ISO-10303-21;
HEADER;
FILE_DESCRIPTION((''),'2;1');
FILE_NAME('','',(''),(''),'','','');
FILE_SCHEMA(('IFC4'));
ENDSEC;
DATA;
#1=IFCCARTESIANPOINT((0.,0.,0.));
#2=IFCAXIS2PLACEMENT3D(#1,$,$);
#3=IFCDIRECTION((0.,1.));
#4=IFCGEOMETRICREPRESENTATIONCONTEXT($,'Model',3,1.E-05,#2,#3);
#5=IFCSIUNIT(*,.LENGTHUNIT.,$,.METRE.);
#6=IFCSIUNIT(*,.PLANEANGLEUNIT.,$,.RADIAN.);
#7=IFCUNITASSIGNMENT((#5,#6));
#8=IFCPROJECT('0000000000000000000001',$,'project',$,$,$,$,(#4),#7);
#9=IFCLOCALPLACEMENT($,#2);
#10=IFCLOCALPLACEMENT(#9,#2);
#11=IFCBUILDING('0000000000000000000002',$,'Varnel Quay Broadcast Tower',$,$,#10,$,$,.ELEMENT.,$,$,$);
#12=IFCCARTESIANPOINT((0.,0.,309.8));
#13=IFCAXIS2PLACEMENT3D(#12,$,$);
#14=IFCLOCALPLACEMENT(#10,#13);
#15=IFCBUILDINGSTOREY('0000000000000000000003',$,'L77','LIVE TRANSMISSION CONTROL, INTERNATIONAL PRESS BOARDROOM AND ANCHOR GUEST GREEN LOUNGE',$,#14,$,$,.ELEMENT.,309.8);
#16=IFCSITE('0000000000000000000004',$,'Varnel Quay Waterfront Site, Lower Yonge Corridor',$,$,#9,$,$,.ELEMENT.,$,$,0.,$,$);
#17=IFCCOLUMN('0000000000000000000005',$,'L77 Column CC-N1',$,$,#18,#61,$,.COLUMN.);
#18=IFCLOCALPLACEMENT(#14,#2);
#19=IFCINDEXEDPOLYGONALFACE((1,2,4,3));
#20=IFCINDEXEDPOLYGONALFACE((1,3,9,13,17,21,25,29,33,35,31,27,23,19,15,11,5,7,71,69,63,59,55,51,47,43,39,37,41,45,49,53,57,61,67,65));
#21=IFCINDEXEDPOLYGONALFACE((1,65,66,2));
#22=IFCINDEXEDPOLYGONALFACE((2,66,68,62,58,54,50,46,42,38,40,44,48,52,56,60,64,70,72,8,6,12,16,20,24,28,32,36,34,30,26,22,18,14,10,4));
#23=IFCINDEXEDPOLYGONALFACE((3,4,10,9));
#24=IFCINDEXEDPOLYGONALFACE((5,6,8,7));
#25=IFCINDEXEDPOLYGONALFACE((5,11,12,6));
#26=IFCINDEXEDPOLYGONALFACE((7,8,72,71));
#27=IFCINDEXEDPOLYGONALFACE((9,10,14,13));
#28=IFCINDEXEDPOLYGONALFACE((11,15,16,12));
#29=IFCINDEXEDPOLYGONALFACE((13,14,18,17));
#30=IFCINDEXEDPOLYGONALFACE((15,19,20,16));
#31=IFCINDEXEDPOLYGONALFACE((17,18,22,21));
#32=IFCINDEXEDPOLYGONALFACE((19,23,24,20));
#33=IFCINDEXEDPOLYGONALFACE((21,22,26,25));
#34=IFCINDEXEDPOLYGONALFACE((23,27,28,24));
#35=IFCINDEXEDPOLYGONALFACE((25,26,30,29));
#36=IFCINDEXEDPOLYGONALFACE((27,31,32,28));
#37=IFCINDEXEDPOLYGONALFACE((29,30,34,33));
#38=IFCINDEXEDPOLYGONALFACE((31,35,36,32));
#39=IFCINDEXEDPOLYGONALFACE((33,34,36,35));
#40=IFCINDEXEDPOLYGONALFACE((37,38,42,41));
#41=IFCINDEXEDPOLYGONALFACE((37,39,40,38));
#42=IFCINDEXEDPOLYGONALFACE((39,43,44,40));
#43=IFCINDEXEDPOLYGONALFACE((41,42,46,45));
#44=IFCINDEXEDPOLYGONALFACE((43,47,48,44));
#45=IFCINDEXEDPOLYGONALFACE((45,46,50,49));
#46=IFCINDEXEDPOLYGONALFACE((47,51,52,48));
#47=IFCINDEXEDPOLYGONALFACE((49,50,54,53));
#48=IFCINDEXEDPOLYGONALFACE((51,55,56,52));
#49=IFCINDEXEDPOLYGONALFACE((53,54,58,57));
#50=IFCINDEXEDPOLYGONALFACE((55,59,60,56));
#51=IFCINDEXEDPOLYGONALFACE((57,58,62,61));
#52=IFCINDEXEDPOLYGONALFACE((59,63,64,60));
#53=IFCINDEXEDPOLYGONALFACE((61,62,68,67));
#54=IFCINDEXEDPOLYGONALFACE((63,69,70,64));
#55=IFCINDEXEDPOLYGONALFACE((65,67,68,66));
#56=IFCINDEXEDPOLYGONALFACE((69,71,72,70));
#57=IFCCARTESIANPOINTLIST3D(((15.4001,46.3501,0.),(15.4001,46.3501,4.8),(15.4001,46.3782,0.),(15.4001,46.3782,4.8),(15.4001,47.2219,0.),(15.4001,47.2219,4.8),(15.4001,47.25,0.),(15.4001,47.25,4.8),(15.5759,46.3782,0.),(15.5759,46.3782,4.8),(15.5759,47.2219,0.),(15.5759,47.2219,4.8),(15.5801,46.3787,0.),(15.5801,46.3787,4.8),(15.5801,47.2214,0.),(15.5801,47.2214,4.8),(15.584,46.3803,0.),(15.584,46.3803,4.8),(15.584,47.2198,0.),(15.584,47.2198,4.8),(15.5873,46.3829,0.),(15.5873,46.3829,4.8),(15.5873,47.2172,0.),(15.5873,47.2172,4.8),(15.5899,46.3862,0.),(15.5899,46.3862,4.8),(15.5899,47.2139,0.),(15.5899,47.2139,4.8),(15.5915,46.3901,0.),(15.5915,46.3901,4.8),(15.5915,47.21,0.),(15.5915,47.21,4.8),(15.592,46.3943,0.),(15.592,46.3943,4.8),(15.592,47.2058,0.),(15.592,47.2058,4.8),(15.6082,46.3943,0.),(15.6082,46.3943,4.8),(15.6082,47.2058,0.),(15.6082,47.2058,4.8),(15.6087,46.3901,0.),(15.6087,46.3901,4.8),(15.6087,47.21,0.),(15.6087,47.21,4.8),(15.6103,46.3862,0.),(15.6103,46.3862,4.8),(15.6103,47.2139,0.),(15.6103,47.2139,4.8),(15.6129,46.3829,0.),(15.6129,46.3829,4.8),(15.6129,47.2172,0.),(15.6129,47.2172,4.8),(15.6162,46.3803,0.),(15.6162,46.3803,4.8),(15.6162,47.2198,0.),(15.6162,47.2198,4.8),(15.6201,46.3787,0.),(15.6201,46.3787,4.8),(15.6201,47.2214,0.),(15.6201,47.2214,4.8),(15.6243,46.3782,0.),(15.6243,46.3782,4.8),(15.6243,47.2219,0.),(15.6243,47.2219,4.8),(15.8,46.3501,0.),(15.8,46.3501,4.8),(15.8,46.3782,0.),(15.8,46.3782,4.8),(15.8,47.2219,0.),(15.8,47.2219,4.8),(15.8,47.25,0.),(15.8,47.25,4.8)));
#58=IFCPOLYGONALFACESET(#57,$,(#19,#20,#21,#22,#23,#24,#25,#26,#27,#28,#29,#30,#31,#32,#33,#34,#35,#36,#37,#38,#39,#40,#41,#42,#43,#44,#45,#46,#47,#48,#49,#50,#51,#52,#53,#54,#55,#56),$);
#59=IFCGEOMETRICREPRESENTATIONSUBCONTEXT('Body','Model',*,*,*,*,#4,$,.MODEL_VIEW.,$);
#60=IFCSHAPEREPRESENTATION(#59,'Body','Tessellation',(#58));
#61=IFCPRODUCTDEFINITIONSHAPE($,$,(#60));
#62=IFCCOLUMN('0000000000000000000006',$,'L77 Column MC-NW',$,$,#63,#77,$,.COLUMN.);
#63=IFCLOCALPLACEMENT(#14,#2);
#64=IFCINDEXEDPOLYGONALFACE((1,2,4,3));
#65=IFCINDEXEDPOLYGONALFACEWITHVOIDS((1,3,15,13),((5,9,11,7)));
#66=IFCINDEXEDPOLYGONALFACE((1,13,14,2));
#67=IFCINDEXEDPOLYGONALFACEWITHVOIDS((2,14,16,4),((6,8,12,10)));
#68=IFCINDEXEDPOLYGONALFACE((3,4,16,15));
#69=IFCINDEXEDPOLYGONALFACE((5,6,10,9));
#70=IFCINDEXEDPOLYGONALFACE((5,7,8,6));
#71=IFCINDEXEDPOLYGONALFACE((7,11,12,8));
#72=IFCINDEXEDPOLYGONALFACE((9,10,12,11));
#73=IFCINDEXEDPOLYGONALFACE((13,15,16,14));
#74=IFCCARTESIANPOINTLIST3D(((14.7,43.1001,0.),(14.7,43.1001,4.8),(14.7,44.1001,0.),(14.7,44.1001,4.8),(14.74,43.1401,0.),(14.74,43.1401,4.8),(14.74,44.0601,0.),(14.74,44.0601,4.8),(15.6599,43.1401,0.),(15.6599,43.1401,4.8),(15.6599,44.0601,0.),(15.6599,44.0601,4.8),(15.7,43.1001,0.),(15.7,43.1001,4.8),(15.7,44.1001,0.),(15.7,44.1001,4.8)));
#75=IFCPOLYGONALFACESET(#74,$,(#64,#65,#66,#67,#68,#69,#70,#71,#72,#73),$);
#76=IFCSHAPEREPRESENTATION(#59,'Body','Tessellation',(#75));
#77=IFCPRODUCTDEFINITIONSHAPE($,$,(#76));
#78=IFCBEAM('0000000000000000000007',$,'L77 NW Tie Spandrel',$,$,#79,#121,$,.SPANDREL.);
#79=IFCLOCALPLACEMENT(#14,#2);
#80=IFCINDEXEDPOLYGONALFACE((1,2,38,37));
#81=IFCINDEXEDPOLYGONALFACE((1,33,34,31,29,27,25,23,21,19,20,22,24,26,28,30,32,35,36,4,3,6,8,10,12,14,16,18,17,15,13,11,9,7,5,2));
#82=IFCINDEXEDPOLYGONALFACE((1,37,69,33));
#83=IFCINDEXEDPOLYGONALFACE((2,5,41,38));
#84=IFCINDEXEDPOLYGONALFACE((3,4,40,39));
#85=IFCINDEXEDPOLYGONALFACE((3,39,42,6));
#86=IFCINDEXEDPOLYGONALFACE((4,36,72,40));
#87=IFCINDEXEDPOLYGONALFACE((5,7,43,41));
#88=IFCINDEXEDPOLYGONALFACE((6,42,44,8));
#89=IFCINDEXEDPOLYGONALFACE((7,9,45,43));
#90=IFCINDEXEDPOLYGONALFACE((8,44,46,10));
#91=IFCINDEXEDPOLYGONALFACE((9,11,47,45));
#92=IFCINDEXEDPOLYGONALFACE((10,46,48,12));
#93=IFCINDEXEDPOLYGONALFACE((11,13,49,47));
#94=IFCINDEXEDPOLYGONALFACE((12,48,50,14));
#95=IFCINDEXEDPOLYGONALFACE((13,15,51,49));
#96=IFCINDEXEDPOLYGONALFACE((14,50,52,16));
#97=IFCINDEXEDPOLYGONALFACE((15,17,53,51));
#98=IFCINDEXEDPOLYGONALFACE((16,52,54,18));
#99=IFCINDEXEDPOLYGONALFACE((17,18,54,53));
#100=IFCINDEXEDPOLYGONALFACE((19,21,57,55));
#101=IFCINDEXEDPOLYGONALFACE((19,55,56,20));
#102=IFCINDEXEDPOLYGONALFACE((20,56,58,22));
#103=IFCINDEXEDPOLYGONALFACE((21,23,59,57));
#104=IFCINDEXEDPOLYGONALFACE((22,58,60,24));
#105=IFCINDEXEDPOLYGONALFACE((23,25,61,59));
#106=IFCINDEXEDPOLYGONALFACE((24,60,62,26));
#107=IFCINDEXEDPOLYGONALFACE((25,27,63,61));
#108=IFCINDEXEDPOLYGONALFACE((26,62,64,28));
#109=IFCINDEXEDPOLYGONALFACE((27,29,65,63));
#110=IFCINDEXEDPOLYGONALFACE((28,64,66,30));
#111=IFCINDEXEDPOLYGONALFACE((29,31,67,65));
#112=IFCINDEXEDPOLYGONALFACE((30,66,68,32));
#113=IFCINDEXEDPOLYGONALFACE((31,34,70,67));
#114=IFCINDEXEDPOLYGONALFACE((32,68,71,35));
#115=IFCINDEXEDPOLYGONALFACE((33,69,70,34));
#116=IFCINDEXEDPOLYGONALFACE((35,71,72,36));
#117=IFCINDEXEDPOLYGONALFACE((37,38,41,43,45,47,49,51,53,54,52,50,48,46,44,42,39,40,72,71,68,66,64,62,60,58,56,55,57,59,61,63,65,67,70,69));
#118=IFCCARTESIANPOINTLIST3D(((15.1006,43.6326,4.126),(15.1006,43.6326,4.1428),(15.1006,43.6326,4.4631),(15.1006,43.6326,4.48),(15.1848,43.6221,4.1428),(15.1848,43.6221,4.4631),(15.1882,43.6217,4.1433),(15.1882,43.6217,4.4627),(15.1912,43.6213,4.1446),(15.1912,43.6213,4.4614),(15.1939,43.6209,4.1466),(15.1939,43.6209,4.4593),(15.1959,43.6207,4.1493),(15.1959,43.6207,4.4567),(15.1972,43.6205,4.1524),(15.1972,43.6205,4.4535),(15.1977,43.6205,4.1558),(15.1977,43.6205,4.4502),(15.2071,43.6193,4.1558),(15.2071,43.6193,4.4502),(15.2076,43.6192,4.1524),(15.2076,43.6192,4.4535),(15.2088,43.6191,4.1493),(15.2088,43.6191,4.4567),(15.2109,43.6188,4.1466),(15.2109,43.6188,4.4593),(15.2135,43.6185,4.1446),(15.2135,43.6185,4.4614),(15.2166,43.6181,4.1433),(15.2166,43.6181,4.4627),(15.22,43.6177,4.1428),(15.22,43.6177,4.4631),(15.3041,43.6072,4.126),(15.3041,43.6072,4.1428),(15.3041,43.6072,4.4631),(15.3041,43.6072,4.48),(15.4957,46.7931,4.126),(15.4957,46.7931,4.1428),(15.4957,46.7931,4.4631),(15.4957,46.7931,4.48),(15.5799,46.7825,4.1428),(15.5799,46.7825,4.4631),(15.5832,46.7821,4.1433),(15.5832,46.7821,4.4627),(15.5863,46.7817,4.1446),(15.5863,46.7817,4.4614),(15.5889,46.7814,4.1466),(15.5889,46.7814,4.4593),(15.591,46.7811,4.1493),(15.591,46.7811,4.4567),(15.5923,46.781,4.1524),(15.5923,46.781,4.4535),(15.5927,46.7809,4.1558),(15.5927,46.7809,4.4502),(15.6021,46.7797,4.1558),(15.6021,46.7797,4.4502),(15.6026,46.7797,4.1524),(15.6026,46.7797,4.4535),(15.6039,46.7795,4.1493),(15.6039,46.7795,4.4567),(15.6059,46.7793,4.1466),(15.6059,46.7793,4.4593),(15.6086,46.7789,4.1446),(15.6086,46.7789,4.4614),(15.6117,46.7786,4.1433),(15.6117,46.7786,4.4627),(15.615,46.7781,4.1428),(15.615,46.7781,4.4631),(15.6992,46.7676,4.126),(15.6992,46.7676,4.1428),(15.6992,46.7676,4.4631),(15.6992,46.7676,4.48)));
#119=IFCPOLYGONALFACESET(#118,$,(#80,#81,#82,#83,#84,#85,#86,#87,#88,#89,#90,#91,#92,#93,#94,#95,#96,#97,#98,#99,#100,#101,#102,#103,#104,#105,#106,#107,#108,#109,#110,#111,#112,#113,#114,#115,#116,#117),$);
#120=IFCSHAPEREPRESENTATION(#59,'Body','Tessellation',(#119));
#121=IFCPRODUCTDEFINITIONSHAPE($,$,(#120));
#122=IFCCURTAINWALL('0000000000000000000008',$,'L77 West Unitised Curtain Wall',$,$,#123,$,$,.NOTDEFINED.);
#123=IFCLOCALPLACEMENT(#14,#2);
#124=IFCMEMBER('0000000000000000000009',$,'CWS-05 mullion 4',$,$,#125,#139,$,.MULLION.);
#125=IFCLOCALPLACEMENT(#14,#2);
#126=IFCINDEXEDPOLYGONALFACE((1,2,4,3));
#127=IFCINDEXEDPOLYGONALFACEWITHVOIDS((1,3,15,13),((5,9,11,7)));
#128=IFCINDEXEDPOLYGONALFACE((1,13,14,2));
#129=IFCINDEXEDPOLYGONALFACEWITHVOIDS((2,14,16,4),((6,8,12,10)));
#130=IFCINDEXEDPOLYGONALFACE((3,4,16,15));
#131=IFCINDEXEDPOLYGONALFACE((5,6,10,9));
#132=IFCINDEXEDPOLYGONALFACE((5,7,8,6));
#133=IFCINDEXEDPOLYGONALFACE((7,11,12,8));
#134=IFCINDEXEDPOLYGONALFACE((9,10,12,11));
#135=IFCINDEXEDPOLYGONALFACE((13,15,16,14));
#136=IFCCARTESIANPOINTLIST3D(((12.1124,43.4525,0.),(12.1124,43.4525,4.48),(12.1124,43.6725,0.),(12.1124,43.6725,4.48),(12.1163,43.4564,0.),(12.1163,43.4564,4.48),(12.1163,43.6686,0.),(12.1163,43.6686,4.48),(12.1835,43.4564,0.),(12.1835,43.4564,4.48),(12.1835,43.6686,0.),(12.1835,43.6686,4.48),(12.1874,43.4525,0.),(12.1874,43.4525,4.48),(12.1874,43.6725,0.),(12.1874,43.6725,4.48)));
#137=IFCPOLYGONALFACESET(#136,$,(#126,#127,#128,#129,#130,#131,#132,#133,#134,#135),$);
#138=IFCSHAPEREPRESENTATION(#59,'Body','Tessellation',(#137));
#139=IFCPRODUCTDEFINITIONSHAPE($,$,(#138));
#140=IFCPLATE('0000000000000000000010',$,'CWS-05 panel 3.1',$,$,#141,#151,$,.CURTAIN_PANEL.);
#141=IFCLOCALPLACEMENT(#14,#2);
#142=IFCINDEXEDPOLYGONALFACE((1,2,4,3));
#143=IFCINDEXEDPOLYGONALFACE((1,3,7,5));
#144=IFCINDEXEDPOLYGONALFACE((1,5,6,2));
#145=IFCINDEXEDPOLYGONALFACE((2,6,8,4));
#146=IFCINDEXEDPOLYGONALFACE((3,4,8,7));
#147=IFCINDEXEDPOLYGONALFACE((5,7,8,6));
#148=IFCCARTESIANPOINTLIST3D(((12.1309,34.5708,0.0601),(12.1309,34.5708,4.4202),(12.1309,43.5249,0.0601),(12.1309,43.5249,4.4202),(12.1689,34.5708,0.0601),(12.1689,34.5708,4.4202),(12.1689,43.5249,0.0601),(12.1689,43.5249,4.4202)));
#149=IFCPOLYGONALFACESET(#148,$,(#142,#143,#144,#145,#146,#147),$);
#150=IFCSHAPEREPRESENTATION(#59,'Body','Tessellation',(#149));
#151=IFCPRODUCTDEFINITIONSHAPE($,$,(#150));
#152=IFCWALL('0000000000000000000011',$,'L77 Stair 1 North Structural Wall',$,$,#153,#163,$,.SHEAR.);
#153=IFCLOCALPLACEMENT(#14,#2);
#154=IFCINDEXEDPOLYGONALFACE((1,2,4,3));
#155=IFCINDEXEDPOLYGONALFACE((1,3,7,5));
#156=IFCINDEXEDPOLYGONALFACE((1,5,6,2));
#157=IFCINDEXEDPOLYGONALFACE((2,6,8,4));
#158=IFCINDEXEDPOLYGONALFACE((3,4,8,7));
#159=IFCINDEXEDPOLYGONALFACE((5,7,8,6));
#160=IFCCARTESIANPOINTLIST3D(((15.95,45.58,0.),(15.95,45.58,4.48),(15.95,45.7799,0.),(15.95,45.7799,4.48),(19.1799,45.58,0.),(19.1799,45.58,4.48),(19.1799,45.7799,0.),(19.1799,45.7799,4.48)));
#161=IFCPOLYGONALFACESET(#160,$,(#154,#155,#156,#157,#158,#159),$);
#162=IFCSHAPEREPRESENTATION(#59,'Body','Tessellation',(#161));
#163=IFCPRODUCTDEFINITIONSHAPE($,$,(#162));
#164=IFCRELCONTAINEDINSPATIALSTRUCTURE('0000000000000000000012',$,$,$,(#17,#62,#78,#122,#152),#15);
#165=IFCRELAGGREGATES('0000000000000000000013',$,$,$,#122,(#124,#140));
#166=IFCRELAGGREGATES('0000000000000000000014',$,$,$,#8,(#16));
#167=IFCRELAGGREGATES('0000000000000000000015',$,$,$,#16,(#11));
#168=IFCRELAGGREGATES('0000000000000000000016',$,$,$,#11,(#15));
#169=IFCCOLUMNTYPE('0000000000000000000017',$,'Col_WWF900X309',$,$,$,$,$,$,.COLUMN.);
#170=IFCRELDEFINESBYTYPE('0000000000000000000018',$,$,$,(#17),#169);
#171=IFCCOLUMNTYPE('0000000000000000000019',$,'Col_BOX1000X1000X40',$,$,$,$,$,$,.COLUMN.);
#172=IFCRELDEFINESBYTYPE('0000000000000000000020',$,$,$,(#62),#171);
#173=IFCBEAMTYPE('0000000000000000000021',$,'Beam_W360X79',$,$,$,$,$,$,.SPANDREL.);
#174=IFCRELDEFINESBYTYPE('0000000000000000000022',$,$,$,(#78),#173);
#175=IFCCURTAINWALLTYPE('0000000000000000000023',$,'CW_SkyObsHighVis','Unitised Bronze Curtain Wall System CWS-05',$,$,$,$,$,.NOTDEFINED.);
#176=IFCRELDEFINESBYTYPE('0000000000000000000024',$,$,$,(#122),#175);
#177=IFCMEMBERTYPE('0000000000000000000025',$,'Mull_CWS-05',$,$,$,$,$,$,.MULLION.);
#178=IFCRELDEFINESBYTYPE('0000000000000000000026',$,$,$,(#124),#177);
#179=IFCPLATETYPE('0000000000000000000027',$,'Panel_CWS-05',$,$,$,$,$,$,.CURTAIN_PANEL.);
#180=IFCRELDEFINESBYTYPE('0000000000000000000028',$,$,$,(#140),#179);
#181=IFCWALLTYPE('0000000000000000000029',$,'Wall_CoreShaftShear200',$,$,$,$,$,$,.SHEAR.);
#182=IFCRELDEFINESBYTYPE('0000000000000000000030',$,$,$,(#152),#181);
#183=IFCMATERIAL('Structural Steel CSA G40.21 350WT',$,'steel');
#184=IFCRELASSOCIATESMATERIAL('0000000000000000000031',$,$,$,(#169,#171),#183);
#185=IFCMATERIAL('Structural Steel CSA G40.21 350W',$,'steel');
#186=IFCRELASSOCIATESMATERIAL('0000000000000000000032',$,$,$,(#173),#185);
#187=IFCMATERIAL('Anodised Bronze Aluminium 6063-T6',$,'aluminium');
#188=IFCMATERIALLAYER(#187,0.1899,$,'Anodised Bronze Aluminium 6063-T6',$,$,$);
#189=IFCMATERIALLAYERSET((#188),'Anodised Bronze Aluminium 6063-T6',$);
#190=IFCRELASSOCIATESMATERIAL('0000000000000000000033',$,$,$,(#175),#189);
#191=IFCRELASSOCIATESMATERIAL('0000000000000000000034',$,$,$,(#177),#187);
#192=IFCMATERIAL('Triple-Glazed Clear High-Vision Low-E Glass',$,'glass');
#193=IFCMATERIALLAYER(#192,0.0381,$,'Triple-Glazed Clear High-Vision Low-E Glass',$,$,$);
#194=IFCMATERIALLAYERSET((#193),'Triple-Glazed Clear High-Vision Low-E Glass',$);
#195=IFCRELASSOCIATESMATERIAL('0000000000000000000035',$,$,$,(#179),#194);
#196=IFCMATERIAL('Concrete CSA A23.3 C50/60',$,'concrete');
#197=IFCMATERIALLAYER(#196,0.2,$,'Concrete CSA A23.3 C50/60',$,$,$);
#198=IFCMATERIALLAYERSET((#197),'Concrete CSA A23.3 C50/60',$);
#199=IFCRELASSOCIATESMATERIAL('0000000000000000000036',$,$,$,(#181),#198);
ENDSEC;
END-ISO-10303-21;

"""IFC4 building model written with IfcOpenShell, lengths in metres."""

from ifc_helpers import new_model, si_unit, direction, frame, frame_2d, origin, origin_2d, place, context, subcontext, project, spatial, rectangle, hollow_rectangle, i_section, extrude, source, transform, mapped, material, layer, layer_set, material_profile, profile_set, type_object, type_shapes, element, aggregate, save


model = new_model("IFC4")

# Units and contexts
model_context = context("Model", 3, precision=1e-05, world=origin(), true_north=direction((0.0, 1.0)))
body_context = subcontext(model_context, "Body", "Model", "MODEL_VIEW")
ifc_project = project(units=[si_unit("LENGTHUNIT", "METRE"), si_unit("PLANEANGLEUNIT", "RADIAN")], contexts=[model_context])

# Site, building, storey
site_placement = place(None, origin())
site = spatial("IfcSite", under=ifc_project, at=site_placement, Name="Varnel Quay Waterfront Site, Lower Yonge Corridor", CompositionType="ELEMENT", RefElevation=0.0)
building_placement = place(site_placement, origin())
building = spatial("IfcBuilding", under=site, at=building_placement, Name="Varnel Quay Broadcast Tower", CompositionType="ELEMENT")
storey_placement = place(building_placement, frame((0.0, 0.0, 309.8)))
storey = spatial("IfcBuildingStorey", under=building, at=storey_placement, Name="L77", Description="LIVE TRANSMISSION CONTROL, INTERNATIONAL PRESS BOARDROOM AND ANCHOR GUEST GREEN LOUNGE", CompositionType="ELEMENT", Elevation=309.8)

# Columns
ifc_material_1 = material(Name="Structural Steel CSA G40.21 350WT", Category="steel")
ifc_material_profile_1 = material_profile(ifc_material_1, i_section(OverallWidth=0.3999, OverallDepth=0.8999, WebThickness=0.0161, FlangeThickness=0.0281, FilletRadius=0.0161, at=origin_2d()), Name="WWF900X309")
ifc_profile_set_1 = profile_set([ifc_material_profile_1], Name="Structural Steel CSA G40.21 350WT")
column_type_1 = type_object("IfcColumnType", Name="Col_WWF900X309", PredefinedType="COLUMN", material=ifc_profile_set_1)
shared_shape_1 = source(origin(), body_context, "Body", "SweptSolid", [
    extrude(i_section(OverallWidth=0.3999, OverallDepth=0.8999, WebThickness=0.0161, FlangeThickness=0.0281, FilletRadius=0.0161, at=origin_2d()), origin(), (0.0, 0.0, 1.0), 4.8),
])
type_shapes(column_type_1, [shared_shape_1])
column_1_placement = place(storey_placement, frame((15.6001, 46.8, 0.0), z_axis=(0.0, 0.0, 1.0), x_axis=(1.0, 0.0, 0.0)))
element("IfcColumn", 1, at=column_1_placement, inside=storey, type_object=column_type_1, Name="L77 Column CC-N1", PredefinedType="COLUMN", context=body_context, shape_type="MappedRepresentation", body=[
    mapped(shared_shape_1, transform((0.0, 0.0, 0.0), x_axis=(1.0, 0.0, 0.0), y_axis=(0.0, 1.0, 0.0), z_axis=(0.0, 0.0, 1.0), scale=1.0)),
])
ifc_material_profile_2 = material_profile(ifc_material_1, hollow_rectangle(XDim=1.0, YDim=1.0, WallThickness=0.04, at=origin_2d()), Name="BOX1000X1000X40")
ifc_profile_set_2 = profile_set([ifc_material_profile_2], Name="Structural Steel CSA G40.21 350WT")
column_type_2 = type_object("IfcColumnType", Name="Col_BOX1000X1000X40", PredefinedType="COLUMN", material=ifc_profile_set_2)
shared_shape_2 = source(origin(), body_context, "Body", "SweptSolid", [
    extrude(hollow_rectangle(XDim=1.0, YDim=1.0, WallThickness=0.04, at=origin_2d()), origin(), (0.0, 0.0, 1.0), 4.8),
])
type_shapes(column_type_2, [shared_shape_2])
column_2_placement = place(storey_placement, frame((15.2, 43.6001, 0.0), z_axis=(0.0, 0.0, 1.0), x_axis=(1.0, 0.0, 0.0)))
element("IfcColumn", 2, at=column_2_placement, inside=storey, type_object=column_type_2, Name="L77 Column MC-NW", PredefinedType="COLUMN", context=body_context, shape_type="MappedRepresentation", body=[
    mapped(shared_shape_2, transform((0.0, 0.0, 0.0), x_axis=(1.0, 0.0, 0.0), y_axis=(0.0, 1.0, 0.0), z_axis=(0.0, 0.0, 1.0), scale=1.0)),
])

# Beam
ifc_material_2 = material(Name="Structural Steel CSA G40.21 350W", Category="steel")
ifc_material_profile_3 = material_profile(ifc_material_2, i_section(OverallWidth=0.2051, OverallDepth=0.354, WebThickness=0.0095, FlangeThickness=0.0168, FilletRadius=0.0129, at=origin_2d()), Name="W360X79")
ifc_profile_set_3 = profile_set([ifc_material_profile_3], Name="Structural Steel CSA G40.21 350W")
beam_type = type_object("IfcBeamType", Name="Beam_W360X79", PredefinedType="SPANDREL", material=ifc_profile_set_3)
shared_shape_3 = source(origin(), body_context, "Body", "SweptSolid", [
    extrude(i_section(OverallWidth=0.2051, OverallDepth=0.354, WebThickness=0.0095, FlangeThickness=0.0168, FilletRadius=0.0129, at=origin_2d()), origin(), (0.0, 0.0, 1.0), 3.1851),
])
type_shapes(beam_type, [shared_shape_3])
beam_placement = place(storey_placement, frame((15.2024, 43.6199, 4.303), z_axis=(0.124025, 0.992279, 0.0), x_axis=(-0.992279, 0.124025, 0.0)))
element("IfcBeam", 3, at=beam_placement, inside=storey, type_object=beam_type, Name="L77 NW Tie Spandrel", PredefinedType="SPANDREL", context=body_context, shape_type="MappedRepresentation", body=[
    mapped(shared_shape_3, transform((0.0, 0.0, 0.0), x_axis=(1.0, 0.0, 0.0), y_axis=(0.0, 1.0, 0.0), z_axis=(0.0, 0.0, 1.0), scale=1.0)),
])

# Curtain wall, member, plate
ifc_material_3 = material(Name="Anodised Bronze Aluminium 6063-T6", Category="aluminium")
ifc_layer_1 = layer(ifc_material_3, 0.1899, Name="Anodised Bronze Aluminium 6063-T6")
ifc_layer_set_1 = layer_set([ifc_layer_1], Name="Anodised Bronze Aluminium 6063-T6")
curtain_wall_type = type_object("IfcCurtainWallType", Name="CW_SkyObsHighVis", Description="Unitised Bronze Curtain Wall System CWS-05", PredefinedType="NOTDEFINED", material=ifc_layer_set_1)
curtain_wall_placement = place(storey_placement, origin())
curtain_wall = element("IfcCurtainWall", 4, at=curtain_wall_placement, inside=storey, type_object=curtain_wall_type, Name="L77 West Unitised Curtain Wall", PredefinedType="NOTDEFINED")
ifc_material_profile_4 = material_profile(ifc_material_3, hollow_rectangle(XDim=0.075, YDim=0.22, WallThickness=0.0039, at=origin_2d()), Name="ALU75X220X4")
ifc_profile_set_4 = profile_set([ifc_material_profile_4], Name="Anodised Bronze Aluminium 6063-T6")
member_type = type_object("IfcMemberType", Name="Mull_CWS-05", PredefinedType="MULLION", material=ifc_profile_set_4)
shared_shape_4 = source(origin(), body_context, "Body", "SweptSolid", [
    extrude(hollow_rectangle(XDim=0.075, YDim=0.22, WallThickness=0.0039, at=origin_2d()), origin(), (0.0, 0.0, 1.0), 4.48),
])
type_shapes(member_type, [shared_shape_4])
member_placement = place(storey_placement, frame((12.1499, 43.5625, 0.0), z_axis=(0.0, 0.0, 1.0), x_axis=(-1.0, 0.0, 0.0)))
member = element("IfcMember", 5, at=member_placement, type_object=member_type, Name="CWS-05 mullion 4", PredefinedType="MULLION", context=body_context, shape_type="MappedRepresentation", body=[
    mapped(shared_shape_4, transform((0.0, 0.0, 0.0), x_axis=(1.0, 0.0, 0.0), y_axis=(0.0, 1.0, 0.0), z_axis=(0.0, 0.0, 1.0), scale=1.0)),
])
ifc_material_4 = material(Name="Triple-Glazed Clear High-Vision Low-E Glass", Category="glass")
ifc_layer_2 = layer(ifc_material_4, 0.0381, Name="Triple-Glazed Clear High-Vision Low-E Glass")
ifc_layer_set_2 = layer_set([ifc_layer_2], Name="Triple-Glazed Clear High-Vision Low-E Glass")
plate_type = type_object("IfcPlateType", Name="Panel_CWS-05", PredefinedType="CURTAIN_PANEL", material=ifc_layer_set_2)
shared_shape_5 = source(origin(), body_context, "Body", "SweptSolid", [
    extrude(rectangle(XDim=8.9541, YDim=0.0381, at=origin_2d()), origin(), (0.0, 0.0, 1.0), 4.3601),
])
type_shapes(plate_type, [shared_shape_5])
plate_placement = place(storey_placement, frame((12.1499, 39.0479, 0.0601), z_axis=(0.0, 0.0, 1.0), x_axis=(0.0, 1.0, 0.0)))
plate = element("IfcPlate", 6, at=plate_placement, type_object=plate_type, Name="CWS-05 panel 3.1", PredefinedType="CURTAIN_PANEL", context=body_context, shape_type="MappedRepresentation", body=[
    mapped(shared_shape_5, transform((0.0, 0.0, 0.0), x_axis=(1.0, 0.0, 0.0), y_axis=(0.0, 1.0, 0.0), z_axis=(0.0, 0.0, 1.0), scale=1.0)),
])
aggregate(curtain_wall, [member, plate])

# Wall
ifc_material_5 = material(Name="Concrete CSA A23.3 C50/60", Category="concrete")
ifc_layer_3 = layer(ifc_material_5, 0.2, Name="Concrete CSA A23.3 C50/60")
ifc_layer_set_3 = layer_set([ifc_layer_3], Name="Concrete CSA A23.3 C50/60")
wall_type_1 = type_object("IfcWallType", Name="Wall_CoreShaftShear200", PredefinedType="SHEAR", material=ifc_layer_set_3)
wall_1_placement = place(storey_placement, frame((15.95, 45.6799, 0.0), z_axis=(0.0, 0.0, 1.0), x_axis=(1.0, 0.0, 0.0)))
element("IfcWall", 7, at=wall_1_placement, inside=storey, type_object=wall_type_1, Name="L77 Stair 1 North Structural Wall", PredefinedType="SHEAR", context=body_context, shape_type="SweptSolid", body=[
    extrude(rectangle(XDim=3.23, YDim=0.2, at=frame_2d((1.615, 0.0))), origin(), (0.0, 0.0, 1.0), 4.48),
])

save(model, "model.ifc")
